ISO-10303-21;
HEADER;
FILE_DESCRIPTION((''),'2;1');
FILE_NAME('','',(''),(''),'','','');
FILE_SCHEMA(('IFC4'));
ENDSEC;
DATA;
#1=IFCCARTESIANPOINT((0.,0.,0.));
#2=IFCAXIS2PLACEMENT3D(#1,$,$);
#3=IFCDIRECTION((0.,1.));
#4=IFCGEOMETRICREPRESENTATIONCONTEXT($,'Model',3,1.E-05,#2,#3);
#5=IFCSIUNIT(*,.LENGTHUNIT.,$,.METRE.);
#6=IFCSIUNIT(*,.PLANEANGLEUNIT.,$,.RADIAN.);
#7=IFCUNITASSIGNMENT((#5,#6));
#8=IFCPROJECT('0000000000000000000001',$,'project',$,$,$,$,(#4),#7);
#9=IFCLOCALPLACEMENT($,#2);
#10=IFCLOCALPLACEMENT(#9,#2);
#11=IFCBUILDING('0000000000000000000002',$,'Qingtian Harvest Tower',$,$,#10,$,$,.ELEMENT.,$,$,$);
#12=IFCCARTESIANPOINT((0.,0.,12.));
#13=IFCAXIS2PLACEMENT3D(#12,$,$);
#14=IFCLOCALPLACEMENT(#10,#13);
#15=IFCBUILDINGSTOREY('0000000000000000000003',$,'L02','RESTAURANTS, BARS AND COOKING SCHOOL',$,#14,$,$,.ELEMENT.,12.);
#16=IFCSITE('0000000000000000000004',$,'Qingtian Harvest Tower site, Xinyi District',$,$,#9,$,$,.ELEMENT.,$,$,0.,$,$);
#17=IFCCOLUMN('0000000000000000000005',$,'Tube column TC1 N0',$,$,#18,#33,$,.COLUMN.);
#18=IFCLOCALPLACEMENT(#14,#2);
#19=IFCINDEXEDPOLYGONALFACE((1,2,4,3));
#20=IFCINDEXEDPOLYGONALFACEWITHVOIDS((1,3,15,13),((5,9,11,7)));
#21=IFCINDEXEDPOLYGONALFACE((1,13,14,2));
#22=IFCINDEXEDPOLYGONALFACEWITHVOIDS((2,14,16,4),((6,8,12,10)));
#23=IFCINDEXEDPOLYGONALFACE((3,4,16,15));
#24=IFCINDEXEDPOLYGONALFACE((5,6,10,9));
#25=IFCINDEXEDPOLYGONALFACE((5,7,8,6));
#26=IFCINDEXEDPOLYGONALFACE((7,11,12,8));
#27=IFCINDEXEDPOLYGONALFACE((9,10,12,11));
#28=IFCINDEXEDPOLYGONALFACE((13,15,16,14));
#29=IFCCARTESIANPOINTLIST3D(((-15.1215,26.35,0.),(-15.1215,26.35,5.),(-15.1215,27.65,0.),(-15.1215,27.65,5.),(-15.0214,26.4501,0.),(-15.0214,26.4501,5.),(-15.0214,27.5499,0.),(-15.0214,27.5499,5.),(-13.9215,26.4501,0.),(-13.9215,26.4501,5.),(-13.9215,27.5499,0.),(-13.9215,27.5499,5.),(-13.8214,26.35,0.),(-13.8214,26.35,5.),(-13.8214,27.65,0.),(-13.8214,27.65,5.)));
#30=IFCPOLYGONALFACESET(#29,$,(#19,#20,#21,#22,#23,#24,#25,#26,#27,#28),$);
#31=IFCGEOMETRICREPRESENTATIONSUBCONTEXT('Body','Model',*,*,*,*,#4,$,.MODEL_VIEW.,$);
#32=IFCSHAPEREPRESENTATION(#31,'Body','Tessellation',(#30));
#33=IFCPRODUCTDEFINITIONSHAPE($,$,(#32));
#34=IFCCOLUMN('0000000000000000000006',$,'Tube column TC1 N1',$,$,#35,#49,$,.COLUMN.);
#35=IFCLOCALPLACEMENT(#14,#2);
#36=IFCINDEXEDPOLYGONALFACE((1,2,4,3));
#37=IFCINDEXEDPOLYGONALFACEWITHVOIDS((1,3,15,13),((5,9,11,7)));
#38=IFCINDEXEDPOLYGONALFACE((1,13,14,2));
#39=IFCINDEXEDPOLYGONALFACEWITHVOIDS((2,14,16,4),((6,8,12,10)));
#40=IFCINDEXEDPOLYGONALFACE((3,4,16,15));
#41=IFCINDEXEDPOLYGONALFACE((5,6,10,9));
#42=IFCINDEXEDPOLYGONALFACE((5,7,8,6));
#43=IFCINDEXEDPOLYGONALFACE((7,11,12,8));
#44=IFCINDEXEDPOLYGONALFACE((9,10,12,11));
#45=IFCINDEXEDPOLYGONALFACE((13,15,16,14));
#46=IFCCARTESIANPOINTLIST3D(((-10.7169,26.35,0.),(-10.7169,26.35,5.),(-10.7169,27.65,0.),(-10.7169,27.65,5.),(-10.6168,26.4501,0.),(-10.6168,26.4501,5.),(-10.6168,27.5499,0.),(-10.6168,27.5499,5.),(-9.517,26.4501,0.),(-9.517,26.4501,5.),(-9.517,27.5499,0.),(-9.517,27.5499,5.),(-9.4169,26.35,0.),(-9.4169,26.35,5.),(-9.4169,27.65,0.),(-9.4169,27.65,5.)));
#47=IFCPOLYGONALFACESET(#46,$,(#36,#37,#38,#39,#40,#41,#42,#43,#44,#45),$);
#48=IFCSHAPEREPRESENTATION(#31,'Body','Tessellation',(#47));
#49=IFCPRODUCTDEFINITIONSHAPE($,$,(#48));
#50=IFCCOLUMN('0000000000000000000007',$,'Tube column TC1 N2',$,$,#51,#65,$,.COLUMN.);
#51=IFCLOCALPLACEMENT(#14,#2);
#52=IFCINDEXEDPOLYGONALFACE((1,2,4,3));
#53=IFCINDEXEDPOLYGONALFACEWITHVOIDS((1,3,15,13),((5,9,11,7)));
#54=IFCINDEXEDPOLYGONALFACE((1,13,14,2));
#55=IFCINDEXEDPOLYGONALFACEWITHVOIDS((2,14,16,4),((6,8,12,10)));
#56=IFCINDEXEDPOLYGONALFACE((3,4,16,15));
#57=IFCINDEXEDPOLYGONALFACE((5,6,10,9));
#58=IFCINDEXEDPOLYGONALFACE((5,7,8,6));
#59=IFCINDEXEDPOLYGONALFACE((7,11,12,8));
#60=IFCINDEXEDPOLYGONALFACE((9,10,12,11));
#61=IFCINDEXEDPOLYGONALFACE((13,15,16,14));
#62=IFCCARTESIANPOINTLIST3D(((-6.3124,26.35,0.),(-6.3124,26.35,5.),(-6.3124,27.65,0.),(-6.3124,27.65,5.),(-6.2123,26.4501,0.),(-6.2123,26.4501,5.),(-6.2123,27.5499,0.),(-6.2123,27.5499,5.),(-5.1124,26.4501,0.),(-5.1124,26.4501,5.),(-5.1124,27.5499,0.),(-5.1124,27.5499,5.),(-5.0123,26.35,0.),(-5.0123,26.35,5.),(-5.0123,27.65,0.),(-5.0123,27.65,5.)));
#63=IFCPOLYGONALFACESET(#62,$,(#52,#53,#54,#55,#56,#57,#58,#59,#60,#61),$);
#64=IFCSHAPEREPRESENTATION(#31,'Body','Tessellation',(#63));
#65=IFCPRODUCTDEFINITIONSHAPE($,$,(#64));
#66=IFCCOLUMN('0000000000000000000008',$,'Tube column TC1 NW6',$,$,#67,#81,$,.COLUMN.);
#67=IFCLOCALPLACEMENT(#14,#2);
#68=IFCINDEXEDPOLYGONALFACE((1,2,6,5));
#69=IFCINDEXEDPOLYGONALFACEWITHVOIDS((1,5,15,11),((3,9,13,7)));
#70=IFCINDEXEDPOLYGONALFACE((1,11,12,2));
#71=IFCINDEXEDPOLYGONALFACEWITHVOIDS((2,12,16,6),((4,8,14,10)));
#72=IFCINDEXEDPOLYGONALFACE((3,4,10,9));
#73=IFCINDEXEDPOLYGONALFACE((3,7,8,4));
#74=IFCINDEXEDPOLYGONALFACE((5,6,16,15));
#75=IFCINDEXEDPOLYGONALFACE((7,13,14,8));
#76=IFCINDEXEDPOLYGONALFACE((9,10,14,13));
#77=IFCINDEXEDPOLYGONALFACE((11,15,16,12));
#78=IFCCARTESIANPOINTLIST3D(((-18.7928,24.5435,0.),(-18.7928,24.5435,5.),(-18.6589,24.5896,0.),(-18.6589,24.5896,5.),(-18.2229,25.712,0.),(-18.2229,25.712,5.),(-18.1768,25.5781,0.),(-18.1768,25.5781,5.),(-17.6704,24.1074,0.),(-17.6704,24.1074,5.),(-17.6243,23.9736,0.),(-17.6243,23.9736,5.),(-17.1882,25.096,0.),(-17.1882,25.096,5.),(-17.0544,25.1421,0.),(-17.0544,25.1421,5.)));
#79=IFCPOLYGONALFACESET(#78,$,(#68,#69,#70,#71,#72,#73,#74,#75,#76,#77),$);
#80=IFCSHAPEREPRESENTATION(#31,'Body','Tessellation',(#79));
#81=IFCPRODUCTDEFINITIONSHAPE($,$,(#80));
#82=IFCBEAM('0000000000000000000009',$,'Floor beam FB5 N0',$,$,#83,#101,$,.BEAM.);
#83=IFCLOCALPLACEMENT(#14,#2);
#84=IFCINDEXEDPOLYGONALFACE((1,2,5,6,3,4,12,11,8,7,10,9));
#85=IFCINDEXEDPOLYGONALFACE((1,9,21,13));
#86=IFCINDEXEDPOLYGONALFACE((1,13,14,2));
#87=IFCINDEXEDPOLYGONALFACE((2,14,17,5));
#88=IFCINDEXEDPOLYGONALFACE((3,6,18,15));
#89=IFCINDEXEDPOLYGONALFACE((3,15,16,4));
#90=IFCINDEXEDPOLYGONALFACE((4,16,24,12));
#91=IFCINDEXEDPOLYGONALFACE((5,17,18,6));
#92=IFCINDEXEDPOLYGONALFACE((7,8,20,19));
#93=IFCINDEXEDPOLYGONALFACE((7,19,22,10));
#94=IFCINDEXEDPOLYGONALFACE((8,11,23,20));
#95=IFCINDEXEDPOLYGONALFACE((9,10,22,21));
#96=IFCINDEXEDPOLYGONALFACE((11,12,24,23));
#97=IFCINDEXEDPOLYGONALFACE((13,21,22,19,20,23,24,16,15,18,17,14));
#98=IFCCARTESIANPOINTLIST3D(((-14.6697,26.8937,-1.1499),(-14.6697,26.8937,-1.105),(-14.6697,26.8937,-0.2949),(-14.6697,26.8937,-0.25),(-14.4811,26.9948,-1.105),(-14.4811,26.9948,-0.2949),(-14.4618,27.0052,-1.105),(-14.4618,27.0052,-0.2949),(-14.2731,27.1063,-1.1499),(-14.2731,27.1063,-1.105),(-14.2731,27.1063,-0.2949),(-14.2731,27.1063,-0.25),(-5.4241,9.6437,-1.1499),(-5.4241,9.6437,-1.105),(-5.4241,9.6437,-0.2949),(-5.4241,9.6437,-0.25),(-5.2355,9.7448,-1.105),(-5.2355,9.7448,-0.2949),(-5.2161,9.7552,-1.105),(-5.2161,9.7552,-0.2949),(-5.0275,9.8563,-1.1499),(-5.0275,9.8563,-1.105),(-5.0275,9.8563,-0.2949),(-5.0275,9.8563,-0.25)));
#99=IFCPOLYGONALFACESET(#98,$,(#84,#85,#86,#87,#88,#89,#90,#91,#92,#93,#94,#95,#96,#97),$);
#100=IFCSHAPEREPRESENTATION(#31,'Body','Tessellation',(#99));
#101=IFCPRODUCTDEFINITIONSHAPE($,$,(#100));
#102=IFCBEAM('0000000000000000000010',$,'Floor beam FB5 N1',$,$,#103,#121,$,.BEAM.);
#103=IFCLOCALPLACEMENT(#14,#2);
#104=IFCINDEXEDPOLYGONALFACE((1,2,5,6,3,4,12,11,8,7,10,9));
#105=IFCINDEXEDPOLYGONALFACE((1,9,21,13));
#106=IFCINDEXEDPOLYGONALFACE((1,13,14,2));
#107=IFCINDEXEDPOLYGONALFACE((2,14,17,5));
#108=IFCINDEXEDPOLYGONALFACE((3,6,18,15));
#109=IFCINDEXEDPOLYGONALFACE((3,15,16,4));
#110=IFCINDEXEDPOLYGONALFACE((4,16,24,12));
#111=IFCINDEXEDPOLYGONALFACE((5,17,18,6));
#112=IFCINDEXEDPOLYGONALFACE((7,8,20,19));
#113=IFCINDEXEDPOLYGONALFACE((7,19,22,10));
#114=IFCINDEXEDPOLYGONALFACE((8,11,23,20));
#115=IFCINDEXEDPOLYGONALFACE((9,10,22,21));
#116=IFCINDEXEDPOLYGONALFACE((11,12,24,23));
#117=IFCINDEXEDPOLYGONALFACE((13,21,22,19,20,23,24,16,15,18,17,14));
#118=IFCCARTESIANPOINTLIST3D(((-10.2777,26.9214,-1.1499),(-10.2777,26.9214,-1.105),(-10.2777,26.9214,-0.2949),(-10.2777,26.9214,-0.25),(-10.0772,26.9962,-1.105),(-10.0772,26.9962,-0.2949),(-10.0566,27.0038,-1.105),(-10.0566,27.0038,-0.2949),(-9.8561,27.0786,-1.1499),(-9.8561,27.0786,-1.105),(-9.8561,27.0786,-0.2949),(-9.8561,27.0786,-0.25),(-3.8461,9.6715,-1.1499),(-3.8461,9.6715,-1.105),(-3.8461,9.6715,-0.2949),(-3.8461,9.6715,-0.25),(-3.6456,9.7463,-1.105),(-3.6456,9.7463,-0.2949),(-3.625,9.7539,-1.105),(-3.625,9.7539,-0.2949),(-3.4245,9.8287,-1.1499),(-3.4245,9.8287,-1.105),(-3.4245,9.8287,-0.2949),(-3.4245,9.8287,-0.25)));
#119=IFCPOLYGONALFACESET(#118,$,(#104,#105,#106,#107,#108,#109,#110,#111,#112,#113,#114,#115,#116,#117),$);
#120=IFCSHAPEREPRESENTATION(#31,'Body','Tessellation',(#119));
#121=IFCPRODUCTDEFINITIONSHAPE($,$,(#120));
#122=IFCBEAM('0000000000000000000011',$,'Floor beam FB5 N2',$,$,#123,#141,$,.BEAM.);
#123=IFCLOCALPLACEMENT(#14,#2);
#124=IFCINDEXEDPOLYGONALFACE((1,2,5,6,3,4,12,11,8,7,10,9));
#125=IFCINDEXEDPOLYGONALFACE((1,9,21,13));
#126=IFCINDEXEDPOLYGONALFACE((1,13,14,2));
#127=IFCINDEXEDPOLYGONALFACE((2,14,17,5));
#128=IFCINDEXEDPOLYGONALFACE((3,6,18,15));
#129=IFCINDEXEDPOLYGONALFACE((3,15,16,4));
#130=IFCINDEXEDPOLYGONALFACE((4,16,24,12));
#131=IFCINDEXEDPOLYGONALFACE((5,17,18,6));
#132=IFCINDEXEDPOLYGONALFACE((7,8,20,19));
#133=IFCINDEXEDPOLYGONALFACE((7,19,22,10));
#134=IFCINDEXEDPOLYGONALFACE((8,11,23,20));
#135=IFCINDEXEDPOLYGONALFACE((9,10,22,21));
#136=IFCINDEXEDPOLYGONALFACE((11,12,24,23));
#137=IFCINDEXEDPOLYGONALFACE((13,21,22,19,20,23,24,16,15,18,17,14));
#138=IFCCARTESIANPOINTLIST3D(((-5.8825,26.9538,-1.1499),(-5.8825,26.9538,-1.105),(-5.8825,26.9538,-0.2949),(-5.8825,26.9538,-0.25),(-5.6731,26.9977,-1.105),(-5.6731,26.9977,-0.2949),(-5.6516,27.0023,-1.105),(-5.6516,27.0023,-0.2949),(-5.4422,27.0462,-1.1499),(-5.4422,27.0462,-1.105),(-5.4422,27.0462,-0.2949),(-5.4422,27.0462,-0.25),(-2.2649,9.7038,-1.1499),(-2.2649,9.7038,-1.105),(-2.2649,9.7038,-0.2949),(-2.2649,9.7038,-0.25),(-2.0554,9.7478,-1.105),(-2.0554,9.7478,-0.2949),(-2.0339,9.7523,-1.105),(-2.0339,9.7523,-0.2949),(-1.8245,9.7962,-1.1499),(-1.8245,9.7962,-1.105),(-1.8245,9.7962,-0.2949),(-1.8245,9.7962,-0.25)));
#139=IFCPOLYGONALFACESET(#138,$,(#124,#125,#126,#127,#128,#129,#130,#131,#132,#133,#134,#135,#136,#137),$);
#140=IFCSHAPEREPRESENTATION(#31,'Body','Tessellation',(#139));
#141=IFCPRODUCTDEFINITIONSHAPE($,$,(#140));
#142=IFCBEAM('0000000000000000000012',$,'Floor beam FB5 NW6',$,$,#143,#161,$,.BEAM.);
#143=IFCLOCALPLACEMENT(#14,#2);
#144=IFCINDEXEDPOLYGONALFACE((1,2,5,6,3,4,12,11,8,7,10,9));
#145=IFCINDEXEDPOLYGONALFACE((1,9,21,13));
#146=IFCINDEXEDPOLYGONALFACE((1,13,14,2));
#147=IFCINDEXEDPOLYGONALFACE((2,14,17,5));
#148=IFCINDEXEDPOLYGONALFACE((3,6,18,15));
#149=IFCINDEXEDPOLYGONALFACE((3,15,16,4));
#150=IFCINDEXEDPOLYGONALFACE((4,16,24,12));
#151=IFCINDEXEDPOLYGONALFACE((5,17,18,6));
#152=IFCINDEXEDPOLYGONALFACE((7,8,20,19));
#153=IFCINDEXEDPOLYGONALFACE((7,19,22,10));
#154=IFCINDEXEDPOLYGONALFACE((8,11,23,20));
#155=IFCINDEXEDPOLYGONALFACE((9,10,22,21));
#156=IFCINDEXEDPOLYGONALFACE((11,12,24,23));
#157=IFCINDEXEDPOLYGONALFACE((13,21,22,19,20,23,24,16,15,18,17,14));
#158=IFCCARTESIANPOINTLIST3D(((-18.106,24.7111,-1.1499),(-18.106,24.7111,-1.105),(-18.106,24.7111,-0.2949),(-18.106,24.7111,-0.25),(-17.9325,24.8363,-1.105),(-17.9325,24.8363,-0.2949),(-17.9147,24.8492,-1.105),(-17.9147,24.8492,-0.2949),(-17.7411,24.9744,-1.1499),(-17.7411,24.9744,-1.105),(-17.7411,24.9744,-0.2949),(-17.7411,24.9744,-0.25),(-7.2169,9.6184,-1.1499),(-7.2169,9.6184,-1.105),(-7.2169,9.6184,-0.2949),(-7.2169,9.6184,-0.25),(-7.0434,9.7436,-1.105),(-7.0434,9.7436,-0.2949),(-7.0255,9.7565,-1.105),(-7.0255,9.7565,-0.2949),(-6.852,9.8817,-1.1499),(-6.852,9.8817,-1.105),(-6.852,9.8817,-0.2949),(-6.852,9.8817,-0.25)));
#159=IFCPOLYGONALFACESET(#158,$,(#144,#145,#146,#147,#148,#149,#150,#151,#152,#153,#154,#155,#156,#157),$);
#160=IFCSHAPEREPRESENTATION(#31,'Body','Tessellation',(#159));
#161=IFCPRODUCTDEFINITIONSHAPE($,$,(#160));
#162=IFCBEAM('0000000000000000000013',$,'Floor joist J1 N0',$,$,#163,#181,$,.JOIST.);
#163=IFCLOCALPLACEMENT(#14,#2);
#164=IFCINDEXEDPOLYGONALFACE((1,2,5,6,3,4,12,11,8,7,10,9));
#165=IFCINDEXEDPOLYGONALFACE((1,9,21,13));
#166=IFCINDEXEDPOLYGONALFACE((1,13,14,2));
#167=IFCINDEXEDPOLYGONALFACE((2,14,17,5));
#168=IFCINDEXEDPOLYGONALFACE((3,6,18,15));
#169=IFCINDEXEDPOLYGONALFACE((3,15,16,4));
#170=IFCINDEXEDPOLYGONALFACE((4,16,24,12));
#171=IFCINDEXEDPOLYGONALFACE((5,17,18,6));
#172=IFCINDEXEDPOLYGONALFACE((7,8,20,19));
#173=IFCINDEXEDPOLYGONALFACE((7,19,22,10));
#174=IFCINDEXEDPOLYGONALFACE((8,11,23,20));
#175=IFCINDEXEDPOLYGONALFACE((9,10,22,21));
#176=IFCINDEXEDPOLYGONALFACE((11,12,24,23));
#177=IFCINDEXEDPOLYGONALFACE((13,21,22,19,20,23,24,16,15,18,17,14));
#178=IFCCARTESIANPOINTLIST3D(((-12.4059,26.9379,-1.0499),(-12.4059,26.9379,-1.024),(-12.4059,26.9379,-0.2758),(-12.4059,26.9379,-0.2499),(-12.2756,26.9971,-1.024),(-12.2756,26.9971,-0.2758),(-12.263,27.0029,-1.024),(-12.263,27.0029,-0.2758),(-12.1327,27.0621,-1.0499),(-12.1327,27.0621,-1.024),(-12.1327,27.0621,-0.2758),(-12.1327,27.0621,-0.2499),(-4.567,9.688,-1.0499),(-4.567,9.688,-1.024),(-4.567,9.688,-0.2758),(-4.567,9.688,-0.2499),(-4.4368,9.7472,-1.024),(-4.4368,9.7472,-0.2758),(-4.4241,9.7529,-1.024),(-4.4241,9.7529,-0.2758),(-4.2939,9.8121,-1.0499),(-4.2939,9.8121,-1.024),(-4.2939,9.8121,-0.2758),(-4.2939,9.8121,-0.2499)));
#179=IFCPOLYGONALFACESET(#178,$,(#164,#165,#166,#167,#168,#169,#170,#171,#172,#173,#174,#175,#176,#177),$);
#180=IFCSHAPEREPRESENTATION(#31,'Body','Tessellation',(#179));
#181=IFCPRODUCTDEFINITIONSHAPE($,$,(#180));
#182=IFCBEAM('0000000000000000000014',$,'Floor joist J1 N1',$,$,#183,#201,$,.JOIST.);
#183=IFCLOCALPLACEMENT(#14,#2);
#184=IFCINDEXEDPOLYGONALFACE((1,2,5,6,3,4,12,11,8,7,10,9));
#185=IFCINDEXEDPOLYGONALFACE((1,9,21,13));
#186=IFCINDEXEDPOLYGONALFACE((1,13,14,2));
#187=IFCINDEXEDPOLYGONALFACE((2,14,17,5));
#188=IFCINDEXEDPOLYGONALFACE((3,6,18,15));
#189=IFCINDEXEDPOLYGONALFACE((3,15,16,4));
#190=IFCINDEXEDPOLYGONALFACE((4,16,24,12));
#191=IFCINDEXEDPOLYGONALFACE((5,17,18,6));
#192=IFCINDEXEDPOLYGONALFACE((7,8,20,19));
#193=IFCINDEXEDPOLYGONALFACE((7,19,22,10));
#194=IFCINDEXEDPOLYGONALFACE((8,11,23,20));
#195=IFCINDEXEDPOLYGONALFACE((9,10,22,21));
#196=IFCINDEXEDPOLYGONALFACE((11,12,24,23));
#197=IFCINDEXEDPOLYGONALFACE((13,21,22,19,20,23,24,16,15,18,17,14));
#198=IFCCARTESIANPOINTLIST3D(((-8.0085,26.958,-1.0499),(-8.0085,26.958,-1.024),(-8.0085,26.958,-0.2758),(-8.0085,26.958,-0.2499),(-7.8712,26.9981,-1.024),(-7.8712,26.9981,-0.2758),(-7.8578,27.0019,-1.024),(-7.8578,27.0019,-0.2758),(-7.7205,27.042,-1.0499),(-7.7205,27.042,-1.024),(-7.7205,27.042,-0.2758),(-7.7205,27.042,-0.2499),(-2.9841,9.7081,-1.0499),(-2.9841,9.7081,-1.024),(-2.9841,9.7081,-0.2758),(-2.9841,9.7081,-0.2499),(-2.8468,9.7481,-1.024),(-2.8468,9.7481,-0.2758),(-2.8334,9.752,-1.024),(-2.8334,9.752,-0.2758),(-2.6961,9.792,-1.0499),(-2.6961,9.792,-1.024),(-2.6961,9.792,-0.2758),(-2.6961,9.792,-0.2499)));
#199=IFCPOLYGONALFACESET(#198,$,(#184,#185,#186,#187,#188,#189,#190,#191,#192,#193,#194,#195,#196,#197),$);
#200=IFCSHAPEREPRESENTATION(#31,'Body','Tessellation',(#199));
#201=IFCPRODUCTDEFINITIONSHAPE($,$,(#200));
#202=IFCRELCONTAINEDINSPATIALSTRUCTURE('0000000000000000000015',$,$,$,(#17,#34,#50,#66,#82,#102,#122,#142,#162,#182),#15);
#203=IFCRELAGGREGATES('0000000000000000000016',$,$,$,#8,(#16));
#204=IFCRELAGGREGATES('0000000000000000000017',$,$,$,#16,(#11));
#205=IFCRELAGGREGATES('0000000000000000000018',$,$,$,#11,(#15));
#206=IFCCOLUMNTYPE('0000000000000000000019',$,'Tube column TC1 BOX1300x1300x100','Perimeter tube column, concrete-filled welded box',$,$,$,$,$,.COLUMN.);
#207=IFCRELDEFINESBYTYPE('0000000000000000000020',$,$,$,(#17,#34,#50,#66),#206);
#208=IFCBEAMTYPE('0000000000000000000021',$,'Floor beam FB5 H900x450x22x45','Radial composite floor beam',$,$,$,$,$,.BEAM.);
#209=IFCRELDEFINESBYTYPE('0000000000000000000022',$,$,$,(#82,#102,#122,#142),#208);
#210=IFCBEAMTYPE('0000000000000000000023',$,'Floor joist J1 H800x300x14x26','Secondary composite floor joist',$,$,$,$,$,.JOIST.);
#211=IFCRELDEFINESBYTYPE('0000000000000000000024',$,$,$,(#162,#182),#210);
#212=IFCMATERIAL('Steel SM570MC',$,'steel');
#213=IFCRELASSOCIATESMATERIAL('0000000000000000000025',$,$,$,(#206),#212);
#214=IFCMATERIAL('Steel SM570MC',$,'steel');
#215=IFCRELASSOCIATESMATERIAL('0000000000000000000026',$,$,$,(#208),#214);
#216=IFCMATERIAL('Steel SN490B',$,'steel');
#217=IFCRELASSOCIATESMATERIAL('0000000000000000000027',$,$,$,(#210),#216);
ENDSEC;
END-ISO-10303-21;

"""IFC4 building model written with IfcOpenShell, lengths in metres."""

from ifc_helpers import new_model, si_unit, direction, frame, origin, origin_2d, place, context, subcontext, project, spatial, hollow_rectangle, i_section, extrude, material, material_profile, profile_set, type_object, element, save


model = new_model("IFC4")

# Units and contexts
model_context = context("Model", 3, precision=1e-05, world=origin(), true_north=direction((0.0, 1.0)))
body_context = subcontext(model_context, "Body", "Model", "MODEL_VIEW")
ifc_project = project(units=[si_unit("LENGTHUNIT", "METRE"), si_unit("PLANEANGLEUNIT", "RADIAN")], contexts=[model_context])

# Site, building, storey
site_placement = place(None, origin())
site = spatial("IfcSite", under=ifc_project, at=site_placement, Name="Qingtian Harvest Tower site, Xinyi District", CompositionType="ELEMENT", RefElevation=0.0)
building_placement = place(site_placement, origin())
building = spatial("IfcBuilding", under=site, at=building_placement, Name="Qingtian Harvest Tower", CompositionType="ELEMENT")
storey_placement = place(building_placement, frame((0.0, 0.0, 12.0)))
storey = spatial("IfcBuildingStorey", under=building, at=storey_placement, Name="L02", Description="RESTAURANTS, BARS AND COOKING SCHOOL", CompositionType="ELEMENT", Elevation=12.0)

# Columns
ifc_material_1 = material(Name="Steel SM570MC", Category="steel")
ifc_material_profile_1 = material_profile(ifc_material_1, hollow_rectangle(XDim=1.3, YDim=1.3, WallThickness=0.1001, at=origin_2d()), Name="BOX1300x1300x100")
ifc_profile_set_1 = profile_set([ifc_material_profile_1], Name="Steel SM570MC")
column_type = type_object("IfcColumnType", Name="Tube column TC1 BOX1300x1300x100", Description="Perimeter tube column, concrete-filled welded box", PredefinedType="COLUMN", material=ifc_profile_set_1)
for number, where, z_axis, x_axis, name in (
    (1, (-14.4714, 27.0, 0.0), (0.0, 0.0, 1.0), (-1.0, 0.0, 0.0), "Tube column TC1 N0"),
    (2, (-10.0669, 27.0, 0.0), (0.0, 0.0, 1.0), (-1.0, 0.0, 0.0), "Tube column TC1 N1"),
    (3, (-5.6624, 27.0, 0.0), (0.0, 0.0, 1.0), (-1.0, 0.0, 0.0), "Tube column TC1 N2"),
    (4, (-17.9236, 24.8428, 0.0), (0.0, 0.0, 1.0), (-0.438371, -0.898794, 0.0), "Tube column TC1 NW6"),
):
    element("IfcColumn", number, at=place(storey_placement, frame(where, z_axis=z_axis, x_axis=x_axis)), inside=storey, type_object=column_type, Name=name, PredefinedType="COLUMN", context=body_context, shape_type="SweptSolid", body=[
        extrude(hollow_rectangle(XDim=1.3, YDim=1.3, WallThickness=0.1001, at=origin_2d()), origin(), (0.0, 0.0, 1.0), 5.0),
    ])

# Beams
ifc_material_2 = material(Name="Steel SM570MC", Category="steel")
ifc_material_profile_2 = material_profile(ifc_material_2, i_section(OverallWidth=0.45, OverallDepth=0.8999, WebThickness=0.022, FlangeThickness=0.0449, at=origin_2d()), Name="H900x450x22x45")
ifc_profile_set_2 = profile_set([ifc_material_profile_2], Name="Steel SM570MC")
beam_type_1 = type_object("IfcBeamType", Name="Floor beam FB5 H900x450x22x45", Description="Radial composite floor beam", PredefinedType="BEAM", material=ifc_profile_set_2)
beam_1_placement = place(storey_placement, frame((-14.4714, 27.0, -0.7), z_axis=(0.472401, -0.881384, 0.0), x_axis=(0.881384, 0.472401, 0.0)))
element("IfcBeam", 5, at=beam_1_placement, inside=storey, type_object=beam_type_1, Name="Floor beam FB5 N0", PredefinedType="BEAM", context=body_context, shape_type="SweptSolid", body=[
    extrude(i_section(OverallWidth=0.45, OverallDepth=0.8999, WebThickness=0.022, FlangeThickness=0.0449, at=origin_2d()), origin(), (0.0, 0.0, 1.0), 19.5715),
])
beam_2_placement = place(storey_placement, frame((-10.0669, 27.0, -0.7), z_axis=(0.349356, -0.93699, 0.0), x_axis=(0.93699, 0.349356, 0.0)))
element("IfcBeam", 6, at=beam_2_placement, inside=storey, type_object=beam_type_1, Name="Floor beam FB5 N1", PredefinedType="BEAM", context=body_context, shape_type="SweptSolid", body=[
    extrude(i_section(OverallWidth=0.45, OverallDepth=0.8999, WebThickness=0.022, FlangeThickness=0.0449, at=origin_2d()), origin(), (0.0, 0.0, 1.0), 18.4099),
])
beam_3_placement = place(storey_placement, frame((-5.6624, 27.0, -0.7), z_axis=(0.205255, -0.978709, 0.0), x_axis=(0.978709, 0.205255, 0.0)))
element("IfcBeam", 7, at=beam_3_placement, inside=storey, type_object=beam_type_1, Name="Floor beam FB5 N2", PredefinedType="BEAM", context=body_context, shape_type="SweptSolid", body=[
    extrude(i_section(OverallWidth=0.45, OverallDepth=0.8999, WebThickness=0.022, FlangeThickness=0.0449, at=origin_2d()), origin(), (0.0, 0.0, 1.0), 17.6252),
])
beam_4_placement = place(storey_placement, frame((-17.9236, 24.8428, -0.7), z_axis=(0.585096, -0.810964, 0.0), x_axis=(0.810964, 0.585096, 0.0)))
element("IfcBeam", 8, at=beam_4_placement, inside=storey, type_object=beam_type_1, Name="Floor beam FB5 NW6", PredefinedType="BEAM", context=body_context, shape_type="SweptSolid", body=[
    extrude(i_section(OverallWidth=0.45, OverallDepth=0.8999, WebThickness=0.022, FlangeThickness=0.0449, at=origin_2d()), origin(), (0.0, 0.0, 1.0), 18.6108),
])
ifc_material_3 = material(Name="Steel SN490B", Category="steel")
ifc_material_profile_3 = material_profile(ifc_material_3, i_section(OverallWidth=0.3, OverallDepth=0.8, WebThickness=0.0139, FlangeThickness=0.0259, at=origin_2d()), Name="H800x300x14x26")
ifc_profile_set_3 = profile_set([ifc_material_profile_3], Name="Steel SN490B")
beam_type_2 = type_object("IfcBeamType", Name="Floor joist J1 H800x300x14x26", Description="Secondary composite floor joist", PredefinedType="JOIST", material=ifc_profile_set_3)
beam_5_placement = place(storey_placement, frame((-12.2693, 27.0, -0.6499), z_axis=(0.413714, -0.910407, 0.0), x_axis=(0.910407, 0.413714, 0.0)))
element("IfcBeam", 9, at=beam_5_placement, inside=storey, type_object=beam_type_2, Name="Floor joist J1 N0", PredefinedType="JOIST", context=body_context, shape_type="SweptSolid", body=[
    extrude(i_section(OverallWidth=0.3, OverallDepth=0.8, WebThickness=0.0139, FlangeThickness=0.0259, at=origin_2d()), origin(), (0.0, 0.0, 1.0), 18.9475),
])
beam_6_placement = place(storey_placement, frame((-7.8645, 27.0, -0.6499), z_axis=(0.279649, -0.960102, 0.0), x_axis=(0.960102, 0.279649, 0.0)))
element("IfcBeam", 10, at=beam_6_placement, inside=storey, type_object=beam_type_2, Name="Floor joist J1 N1", PredefinedType="JOIST", context=body_context, shape_type="SweptSolid", body=[
    extrude(i_section(OverallWidth=0.3, OverallDepth=0.8, WebThickness=0.0139, FlangeThickness=0.0259, at=origin_2d()), origin(), (0.0, 0.0, 1.0), 17.9668),
])

save(model, "model.ifc")
